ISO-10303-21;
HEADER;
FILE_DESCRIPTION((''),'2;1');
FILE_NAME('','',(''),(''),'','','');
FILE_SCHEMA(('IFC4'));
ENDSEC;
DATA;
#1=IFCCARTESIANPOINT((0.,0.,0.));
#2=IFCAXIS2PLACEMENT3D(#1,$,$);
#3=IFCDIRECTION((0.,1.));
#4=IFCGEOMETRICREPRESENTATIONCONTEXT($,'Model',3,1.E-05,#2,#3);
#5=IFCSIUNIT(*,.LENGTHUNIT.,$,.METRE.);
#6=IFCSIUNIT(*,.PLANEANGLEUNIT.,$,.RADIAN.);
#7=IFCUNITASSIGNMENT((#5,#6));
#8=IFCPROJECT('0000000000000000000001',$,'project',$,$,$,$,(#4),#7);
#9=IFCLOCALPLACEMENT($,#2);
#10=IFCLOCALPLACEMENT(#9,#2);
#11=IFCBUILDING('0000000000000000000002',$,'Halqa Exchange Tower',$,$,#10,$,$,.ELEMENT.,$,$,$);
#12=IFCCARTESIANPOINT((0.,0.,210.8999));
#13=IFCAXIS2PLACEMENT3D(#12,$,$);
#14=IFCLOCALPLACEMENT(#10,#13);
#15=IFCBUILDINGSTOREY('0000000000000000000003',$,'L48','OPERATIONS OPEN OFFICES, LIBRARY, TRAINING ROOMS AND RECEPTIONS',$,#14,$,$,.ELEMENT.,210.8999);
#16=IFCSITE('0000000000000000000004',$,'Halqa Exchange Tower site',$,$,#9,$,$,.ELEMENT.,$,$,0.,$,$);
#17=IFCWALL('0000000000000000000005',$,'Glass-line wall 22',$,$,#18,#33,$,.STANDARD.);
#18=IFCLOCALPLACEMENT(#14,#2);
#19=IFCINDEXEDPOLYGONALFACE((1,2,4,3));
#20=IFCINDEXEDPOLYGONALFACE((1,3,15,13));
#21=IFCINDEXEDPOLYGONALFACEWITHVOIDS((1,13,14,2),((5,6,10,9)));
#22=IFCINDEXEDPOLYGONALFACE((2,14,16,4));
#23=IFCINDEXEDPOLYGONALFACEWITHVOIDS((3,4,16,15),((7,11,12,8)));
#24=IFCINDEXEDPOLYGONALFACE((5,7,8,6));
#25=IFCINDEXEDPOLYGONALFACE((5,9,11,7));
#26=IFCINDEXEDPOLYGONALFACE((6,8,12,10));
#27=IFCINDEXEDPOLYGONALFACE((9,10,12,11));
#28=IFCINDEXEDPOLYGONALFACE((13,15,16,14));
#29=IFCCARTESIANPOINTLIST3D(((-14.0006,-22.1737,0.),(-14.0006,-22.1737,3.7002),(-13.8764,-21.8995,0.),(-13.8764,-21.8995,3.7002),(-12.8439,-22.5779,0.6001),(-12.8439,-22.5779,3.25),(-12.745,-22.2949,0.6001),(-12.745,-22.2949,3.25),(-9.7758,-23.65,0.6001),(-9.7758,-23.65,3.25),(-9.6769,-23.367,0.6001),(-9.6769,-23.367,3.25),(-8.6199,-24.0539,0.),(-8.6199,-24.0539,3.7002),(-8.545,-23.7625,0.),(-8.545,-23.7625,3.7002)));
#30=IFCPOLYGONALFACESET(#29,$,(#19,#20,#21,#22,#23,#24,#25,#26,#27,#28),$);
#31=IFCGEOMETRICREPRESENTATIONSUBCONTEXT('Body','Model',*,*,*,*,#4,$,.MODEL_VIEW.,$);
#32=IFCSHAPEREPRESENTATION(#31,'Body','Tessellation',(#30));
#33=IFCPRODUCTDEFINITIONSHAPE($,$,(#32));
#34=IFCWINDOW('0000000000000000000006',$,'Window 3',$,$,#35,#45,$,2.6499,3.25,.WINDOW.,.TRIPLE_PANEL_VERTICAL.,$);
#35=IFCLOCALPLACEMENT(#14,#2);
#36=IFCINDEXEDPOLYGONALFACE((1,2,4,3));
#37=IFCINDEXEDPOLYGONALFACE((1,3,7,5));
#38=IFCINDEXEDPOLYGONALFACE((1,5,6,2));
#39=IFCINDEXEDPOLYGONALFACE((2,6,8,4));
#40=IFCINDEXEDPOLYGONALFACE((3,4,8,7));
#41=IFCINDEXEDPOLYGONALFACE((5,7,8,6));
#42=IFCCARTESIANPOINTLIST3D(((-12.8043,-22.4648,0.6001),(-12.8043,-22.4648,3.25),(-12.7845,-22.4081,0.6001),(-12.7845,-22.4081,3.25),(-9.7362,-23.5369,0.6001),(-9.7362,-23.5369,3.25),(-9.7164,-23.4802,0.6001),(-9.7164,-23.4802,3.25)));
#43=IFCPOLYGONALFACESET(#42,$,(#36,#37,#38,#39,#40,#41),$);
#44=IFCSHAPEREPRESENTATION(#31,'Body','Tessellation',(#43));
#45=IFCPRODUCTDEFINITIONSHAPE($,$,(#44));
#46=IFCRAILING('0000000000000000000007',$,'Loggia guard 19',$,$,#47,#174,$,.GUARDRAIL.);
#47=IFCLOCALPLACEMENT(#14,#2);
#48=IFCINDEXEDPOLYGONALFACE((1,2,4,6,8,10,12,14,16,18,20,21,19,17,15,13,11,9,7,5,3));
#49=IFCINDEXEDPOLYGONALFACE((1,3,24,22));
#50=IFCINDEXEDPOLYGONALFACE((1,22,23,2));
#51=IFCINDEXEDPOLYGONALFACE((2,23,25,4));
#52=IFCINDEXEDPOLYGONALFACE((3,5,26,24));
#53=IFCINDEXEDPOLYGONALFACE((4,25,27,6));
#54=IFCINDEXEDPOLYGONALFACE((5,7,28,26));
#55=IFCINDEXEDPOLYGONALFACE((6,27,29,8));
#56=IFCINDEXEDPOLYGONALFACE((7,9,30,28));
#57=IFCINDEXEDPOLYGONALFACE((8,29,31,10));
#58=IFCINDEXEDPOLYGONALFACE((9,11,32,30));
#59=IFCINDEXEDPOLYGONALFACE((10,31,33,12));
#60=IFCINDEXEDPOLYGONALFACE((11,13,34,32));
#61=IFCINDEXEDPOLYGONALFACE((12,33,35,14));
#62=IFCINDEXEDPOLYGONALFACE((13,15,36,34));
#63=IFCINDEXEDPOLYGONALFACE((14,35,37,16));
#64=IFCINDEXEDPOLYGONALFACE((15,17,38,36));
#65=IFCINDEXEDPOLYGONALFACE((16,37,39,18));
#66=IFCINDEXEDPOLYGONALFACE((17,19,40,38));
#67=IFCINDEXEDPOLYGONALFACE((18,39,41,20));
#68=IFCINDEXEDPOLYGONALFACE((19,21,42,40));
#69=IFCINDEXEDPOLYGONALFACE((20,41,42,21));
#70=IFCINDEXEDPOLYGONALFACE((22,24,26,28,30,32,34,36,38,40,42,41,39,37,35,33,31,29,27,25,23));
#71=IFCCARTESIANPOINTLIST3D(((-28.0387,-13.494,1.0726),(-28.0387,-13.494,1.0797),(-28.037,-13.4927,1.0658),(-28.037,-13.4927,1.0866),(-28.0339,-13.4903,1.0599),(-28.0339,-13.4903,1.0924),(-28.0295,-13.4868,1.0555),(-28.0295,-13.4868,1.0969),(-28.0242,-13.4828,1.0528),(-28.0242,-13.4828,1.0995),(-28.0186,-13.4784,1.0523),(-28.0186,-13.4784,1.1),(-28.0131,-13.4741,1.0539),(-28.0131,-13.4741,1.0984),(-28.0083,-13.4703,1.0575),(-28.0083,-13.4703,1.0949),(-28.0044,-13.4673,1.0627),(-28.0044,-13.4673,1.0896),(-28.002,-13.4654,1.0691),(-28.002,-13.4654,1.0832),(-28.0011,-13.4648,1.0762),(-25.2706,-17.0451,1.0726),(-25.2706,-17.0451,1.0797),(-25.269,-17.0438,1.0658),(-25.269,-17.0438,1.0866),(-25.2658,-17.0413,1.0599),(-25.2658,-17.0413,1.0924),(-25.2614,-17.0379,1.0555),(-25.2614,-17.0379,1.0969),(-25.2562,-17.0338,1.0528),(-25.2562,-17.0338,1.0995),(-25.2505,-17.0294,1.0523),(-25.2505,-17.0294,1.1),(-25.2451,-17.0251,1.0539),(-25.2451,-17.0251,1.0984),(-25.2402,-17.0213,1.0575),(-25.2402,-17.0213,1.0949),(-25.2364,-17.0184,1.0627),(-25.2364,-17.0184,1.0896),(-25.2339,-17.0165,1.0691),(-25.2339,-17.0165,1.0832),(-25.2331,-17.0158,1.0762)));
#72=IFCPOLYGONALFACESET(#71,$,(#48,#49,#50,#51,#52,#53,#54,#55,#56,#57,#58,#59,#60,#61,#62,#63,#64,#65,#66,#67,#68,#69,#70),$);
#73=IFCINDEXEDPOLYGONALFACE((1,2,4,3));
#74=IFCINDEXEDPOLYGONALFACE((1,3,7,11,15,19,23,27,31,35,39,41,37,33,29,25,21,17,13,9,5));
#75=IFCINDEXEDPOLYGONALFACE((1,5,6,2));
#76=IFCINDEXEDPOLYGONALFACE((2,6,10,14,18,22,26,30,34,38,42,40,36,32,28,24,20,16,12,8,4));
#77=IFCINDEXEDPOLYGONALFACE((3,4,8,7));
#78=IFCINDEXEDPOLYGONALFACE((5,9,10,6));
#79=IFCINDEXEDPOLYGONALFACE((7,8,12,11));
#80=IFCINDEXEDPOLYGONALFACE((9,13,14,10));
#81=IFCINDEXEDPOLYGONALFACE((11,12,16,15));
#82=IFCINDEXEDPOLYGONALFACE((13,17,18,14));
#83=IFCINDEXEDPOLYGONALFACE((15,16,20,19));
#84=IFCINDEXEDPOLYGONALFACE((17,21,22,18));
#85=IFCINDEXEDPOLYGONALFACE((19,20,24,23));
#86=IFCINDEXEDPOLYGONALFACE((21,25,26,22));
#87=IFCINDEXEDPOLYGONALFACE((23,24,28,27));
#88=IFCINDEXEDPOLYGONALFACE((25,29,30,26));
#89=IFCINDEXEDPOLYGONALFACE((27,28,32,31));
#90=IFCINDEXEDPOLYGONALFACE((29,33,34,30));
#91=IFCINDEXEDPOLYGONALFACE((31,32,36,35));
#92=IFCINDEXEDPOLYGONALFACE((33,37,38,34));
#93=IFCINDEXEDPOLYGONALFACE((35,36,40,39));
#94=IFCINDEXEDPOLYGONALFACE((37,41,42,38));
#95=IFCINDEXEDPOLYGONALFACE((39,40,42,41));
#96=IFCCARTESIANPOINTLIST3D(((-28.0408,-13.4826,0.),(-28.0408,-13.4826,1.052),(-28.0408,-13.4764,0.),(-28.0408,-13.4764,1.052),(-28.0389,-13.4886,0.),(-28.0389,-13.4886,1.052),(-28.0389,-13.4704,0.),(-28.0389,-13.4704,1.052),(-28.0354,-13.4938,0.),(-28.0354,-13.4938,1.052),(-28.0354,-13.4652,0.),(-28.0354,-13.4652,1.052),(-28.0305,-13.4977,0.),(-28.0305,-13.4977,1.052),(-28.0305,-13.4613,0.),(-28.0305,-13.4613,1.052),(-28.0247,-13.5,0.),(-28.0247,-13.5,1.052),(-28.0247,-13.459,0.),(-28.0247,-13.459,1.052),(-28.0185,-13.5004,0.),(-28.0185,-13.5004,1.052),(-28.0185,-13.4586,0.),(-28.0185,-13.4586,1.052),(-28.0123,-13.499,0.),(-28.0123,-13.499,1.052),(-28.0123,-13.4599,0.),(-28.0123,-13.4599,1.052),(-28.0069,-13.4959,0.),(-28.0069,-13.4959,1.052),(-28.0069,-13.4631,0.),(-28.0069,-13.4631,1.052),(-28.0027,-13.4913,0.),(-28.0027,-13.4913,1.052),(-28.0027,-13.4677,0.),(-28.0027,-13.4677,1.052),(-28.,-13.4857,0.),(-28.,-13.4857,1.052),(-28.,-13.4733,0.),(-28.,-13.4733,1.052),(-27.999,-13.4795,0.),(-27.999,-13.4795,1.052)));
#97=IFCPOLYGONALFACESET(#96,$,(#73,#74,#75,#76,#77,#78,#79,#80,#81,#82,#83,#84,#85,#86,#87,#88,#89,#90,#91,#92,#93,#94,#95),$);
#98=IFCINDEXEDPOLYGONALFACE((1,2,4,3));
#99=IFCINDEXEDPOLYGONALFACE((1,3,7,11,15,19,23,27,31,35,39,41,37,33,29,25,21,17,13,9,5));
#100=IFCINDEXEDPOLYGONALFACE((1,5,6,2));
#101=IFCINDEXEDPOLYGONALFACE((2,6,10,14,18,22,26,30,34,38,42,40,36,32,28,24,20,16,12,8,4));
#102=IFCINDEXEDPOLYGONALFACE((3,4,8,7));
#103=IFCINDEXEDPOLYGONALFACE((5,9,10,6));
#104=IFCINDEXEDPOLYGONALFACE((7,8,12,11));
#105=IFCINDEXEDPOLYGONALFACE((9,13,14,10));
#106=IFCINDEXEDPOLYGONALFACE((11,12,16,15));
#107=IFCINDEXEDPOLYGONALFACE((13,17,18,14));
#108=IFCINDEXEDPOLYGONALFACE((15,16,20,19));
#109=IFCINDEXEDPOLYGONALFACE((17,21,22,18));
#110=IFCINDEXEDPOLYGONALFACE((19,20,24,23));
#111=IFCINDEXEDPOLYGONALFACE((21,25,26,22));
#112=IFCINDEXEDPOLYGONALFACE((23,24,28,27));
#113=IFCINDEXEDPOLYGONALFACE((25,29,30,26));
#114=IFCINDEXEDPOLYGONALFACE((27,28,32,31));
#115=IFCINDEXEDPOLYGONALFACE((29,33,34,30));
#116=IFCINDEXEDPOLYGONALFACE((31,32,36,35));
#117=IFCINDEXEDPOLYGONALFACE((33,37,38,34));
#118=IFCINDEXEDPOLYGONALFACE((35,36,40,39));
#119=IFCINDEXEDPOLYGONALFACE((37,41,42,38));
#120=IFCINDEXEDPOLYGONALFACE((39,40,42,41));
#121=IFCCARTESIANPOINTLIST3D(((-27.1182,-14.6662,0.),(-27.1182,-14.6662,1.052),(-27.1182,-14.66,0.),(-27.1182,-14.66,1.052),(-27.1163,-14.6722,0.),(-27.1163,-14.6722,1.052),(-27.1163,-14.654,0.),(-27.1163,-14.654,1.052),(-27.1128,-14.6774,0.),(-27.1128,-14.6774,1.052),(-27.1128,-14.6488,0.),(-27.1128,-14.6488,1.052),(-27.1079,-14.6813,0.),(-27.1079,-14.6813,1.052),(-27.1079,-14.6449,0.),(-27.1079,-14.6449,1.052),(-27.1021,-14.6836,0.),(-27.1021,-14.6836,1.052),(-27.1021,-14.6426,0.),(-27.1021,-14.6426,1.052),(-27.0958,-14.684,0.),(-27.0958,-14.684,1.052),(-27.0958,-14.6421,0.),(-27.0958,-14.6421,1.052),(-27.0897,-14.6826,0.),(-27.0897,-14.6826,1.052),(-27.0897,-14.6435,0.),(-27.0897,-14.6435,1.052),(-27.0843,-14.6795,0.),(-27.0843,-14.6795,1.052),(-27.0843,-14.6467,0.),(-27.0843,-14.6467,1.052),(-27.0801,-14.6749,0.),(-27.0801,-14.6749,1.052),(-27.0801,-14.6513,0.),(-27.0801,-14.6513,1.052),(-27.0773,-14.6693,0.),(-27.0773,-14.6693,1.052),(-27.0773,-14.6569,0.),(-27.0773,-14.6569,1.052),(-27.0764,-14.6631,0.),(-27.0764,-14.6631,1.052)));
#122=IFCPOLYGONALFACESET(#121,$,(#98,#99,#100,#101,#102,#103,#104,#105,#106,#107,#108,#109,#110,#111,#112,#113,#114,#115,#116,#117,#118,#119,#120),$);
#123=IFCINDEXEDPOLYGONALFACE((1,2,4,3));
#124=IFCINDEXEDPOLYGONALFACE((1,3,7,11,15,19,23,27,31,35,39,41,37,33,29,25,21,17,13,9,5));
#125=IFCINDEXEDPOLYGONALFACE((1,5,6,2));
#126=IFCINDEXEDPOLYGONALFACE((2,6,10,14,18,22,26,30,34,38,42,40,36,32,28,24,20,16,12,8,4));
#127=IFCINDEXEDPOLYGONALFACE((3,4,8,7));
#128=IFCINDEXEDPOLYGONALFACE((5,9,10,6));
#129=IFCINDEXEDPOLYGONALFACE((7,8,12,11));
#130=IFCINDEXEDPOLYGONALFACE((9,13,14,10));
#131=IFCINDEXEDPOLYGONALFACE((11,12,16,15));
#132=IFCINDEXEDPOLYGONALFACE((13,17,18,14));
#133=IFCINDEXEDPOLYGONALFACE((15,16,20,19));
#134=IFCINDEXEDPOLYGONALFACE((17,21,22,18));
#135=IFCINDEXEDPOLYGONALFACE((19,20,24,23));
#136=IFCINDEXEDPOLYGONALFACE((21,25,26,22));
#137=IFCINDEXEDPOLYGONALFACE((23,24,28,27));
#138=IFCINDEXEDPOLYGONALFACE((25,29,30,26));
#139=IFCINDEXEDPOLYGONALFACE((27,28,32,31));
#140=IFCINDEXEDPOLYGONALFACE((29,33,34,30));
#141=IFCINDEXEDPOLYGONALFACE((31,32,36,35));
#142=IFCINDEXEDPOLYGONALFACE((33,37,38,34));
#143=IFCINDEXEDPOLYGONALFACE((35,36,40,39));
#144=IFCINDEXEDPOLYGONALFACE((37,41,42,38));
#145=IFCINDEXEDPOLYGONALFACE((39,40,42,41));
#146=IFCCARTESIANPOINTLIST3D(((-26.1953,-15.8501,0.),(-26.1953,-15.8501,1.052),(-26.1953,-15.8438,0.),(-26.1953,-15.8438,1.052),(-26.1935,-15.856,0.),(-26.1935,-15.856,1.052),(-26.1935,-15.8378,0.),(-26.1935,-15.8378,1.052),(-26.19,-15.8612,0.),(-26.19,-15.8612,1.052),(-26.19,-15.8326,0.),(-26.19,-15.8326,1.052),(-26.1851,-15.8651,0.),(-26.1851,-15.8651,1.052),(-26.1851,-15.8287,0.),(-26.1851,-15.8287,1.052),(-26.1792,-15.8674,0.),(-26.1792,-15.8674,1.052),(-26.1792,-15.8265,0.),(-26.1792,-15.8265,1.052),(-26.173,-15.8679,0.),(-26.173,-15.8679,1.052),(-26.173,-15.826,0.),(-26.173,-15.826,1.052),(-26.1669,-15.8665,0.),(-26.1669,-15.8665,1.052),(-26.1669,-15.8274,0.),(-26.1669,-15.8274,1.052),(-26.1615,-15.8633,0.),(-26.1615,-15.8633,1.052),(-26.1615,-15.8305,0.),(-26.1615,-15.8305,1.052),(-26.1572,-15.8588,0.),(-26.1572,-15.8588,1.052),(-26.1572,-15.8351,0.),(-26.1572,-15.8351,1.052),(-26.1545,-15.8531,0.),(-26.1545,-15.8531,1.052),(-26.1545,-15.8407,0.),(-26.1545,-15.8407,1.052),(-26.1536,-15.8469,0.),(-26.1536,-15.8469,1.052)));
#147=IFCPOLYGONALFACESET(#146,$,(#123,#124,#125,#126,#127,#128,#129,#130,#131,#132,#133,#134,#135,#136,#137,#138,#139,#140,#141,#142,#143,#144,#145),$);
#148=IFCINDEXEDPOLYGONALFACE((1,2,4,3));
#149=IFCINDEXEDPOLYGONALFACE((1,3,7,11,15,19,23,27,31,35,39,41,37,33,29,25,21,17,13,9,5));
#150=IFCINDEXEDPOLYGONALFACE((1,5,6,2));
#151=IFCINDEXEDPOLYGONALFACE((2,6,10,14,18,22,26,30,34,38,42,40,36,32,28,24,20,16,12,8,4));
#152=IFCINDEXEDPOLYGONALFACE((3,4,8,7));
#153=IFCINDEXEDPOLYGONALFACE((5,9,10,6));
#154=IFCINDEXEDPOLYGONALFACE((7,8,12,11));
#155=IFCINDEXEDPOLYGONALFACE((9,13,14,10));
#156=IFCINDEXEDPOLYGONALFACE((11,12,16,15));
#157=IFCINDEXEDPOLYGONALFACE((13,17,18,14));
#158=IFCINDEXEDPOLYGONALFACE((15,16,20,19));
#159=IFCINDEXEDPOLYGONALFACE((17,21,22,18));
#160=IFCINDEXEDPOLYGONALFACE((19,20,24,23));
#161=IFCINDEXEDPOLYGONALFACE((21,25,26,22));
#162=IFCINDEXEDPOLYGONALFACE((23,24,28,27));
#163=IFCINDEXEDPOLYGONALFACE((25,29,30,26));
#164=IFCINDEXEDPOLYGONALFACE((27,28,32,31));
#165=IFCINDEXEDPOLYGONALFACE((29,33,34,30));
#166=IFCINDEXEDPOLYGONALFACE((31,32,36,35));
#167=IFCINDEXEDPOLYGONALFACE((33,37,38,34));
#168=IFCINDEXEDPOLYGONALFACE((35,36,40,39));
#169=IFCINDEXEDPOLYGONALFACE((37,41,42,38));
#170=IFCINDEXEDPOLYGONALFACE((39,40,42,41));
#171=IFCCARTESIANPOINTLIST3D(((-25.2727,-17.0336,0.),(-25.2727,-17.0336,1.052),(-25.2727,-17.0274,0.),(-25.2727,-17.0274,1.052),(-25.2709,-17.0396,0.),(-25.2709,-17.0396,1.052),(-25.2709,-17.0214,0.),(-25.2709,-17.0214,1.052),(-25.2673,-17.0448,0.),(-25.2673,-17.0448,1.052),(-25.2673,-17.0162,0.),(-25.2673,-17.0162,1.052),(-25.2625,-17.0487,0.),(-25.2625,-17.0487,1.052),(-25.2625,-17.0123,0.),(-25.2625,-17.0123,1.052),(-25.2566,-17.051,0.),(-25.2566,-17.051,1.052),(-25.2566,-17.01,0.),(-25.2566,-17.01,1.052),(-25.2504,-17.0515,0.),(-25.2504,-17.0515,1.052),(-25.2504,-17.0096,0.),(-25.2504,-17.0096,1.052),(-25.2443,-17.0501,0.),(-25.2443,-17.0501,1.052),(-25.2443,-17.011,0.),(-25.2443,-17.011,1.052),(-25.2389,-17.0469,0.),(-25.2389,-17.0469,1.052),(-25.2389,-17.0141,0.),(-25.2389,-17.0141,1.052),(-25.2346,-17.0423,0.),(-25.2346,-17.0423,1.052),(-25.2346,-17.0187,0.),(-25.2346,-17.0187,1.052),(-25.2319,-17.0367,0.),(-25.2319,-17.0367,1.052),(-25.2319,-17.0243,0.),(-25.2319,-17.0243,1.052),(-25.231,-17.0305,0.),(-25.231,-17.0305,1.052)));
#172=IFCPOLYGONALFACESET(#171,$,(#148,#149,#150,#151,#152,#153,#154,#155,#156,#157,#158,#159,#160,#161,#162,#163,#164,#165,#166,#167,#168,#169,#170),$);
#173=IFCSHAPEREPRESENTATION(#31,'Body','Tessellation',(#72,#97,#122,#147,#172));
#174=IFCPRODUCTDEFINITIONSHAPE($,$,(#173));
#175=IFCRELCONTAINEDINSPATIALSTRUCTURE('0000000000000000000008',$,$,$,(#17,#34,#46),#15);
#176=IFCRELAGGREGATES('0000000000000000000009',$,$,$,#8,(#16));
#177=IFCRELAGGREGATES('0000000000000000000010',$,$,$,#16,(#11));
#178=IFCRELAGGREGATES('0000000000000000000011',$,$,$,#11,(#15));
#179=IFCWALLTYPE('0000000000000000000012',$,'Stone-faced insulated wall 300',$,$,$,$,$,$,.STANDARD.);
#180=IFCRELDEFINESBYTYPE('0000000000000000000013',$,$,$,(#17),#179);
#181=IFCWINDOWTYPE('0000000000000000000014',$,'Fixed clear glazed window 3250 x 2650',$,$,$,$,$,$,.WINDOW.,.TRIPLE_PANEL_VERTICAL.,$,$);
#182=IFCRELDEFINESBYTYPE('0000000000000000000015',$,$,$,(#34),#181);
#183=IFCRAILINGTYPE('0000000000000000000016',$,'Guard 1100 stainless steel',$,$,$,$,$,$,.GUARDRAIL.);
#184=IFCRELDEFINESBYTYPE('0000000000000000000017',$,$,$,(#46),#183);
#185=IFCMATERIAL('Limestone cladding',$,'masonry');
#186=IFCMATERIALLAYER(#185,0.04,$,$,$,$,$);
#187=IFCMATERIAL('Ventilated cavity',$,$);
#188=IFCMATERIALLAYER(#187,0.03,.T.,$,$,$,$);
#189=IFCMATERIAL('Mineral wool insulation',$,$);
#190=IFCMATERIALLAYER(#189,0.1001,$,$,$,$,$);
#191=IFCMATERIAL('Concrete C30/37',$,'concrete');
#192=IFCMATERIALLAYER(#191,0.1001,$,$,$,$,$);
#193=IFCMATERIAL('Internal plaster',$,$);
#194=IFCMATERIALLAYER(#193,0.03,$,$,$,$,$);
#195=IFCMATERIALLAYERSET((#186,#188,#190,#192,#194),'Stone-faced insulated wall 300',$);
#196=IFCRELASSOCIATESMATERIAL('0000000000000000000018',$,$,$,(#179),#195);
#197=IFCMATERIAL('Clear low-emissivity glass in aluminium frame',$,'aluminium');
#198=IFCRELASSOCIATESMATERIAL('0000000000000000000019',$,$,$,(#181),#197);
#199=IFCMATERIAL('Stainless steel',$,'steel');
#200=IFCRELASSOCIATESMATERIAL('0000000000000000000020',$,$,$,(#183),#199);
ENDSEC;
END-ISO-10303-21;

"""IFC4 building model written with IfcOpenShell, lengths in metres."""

from ifc_helpers import new_model, si_unit, direction, frame, frame_2d, origin, origin_2d, place, context, subcontext, project, spatial, polyline, rectangle, circle, outline, extrude, material, layer, layer_set, type_object, element, fill, save


model = new_model("IFC4")

# Units and contexts
model_context = context("Model", 3, precision=1e-05, world=origin(), true_north=direction((0.0, 1.0)))
body_context = subcontext(model_context, "Body", "Model", "MODEL_VIEW")
ifc_project = project(units=[si_unit("LENGTHUNIT", "METRE"), si_unit("PLANEANGLEUNIT", "RADIAN")], contexts=[model_context])

# Site, building, storey
site_placement = place(None, origin())
site = spatial("IfcSite", under=ifc_project, at=site_placement, Name="Halqa Exchange Tower site", CompositionType="ELEMENT", RefElevation=0.0)
building_placement = place(site_placement, origin())
building = spatial("IfcBuilding", under=site, at=building_placement, Name="Halqa Exchange Tower", CompositionType="ELEMENT")
storey_placement = place(building_placement, frame((0.0, 0.0, 210.8999)))
storey = spatial("IfcBuildingStorey", under=building, at=storey_placement, Name="L48", Description="OPERATIONS OPEN OFFICES, LIBRARY, TRAINING ROOMS AND RECEPTIONS", CompositionType="ELEMENT", Elevation=210.8999)

# Shared definitions
ifc_material_1 = material(Name="Limestone cladding", Category="masonry")
ifc_layer_1 = layer(ifc_material_1, 0.04)
ifc_material_2 = material(Name="Ventilated cavity")
ifc_layer_2 = layer(ifc_material_2, 0.03, ventilated=True)
ifc_material_3 = material(Name="Mineral wool insulation")
ifc_layer_3 = layer(ifc_material_3, 0.1001)
ifc_material_4 = material(Name="Concrete C30/37", Category="concrete")
ifc_layer_4 = layer(ifc_material_4, 0.1001)
ifc_material_5 = material(Name="Internal plaster")
ifc_layer_5 = layer(ifc_material_5, 0.03)
ifc_layer_set_1 = layer_set([ifc_layer_1, ifc_layer_2, ifc_layer_3, ifc_layer_4, ifc_layer_5], Name="Stone-faced insulated wall 300")
wall_type_1 = type_object("IfcWallType", Name="Stone-faced insulated wall 300", PredefinedType="STANDARD", material=ifc_layer_set_1)
ifc_material_6 = material(Name="Clear low-emissivity glass in aluminium frame", Category="aluminium")

# Wall, opening, window
window_type = type_object("IfcWindowType", Name="Fixed clear glazed window 3250 x 2650", PartitioningType="TRIPLE_PANEL_VERTICAL", PredefinedType="WINDOW", material=ifc_material_6)
wall_1_placement = place(storey_placement, frame((-13.9385, -22.0366, 0.0), z_axis=(0.0, 0.0, 1.0), x_axis=(0.944023, -0.329879, 0.0)))
wall_1 = element("IfcWall", 1, at=wall_1_placement, inside=storey, type_object=wall_type_1, Name="Glass-line wall 22", PredefinedType="STANDARD", context=body_context, shape_type="SweptSolid", body=[
    extrude(outline(polyline([(-0.0134, -0.1499), (5.6863, -0.1499), (5.6609, 0.1499), (0.0134, 0.1499), (-0.0134, -0.1499)])), origin(), (0.0, 0.0, 1.0), 3.7002),
])
opening_1_placement = place(wall_1_placement, frame((1.2119, 0.0, 0.6001)))
opening_1 = element("IfcOpeningElement", 2, at=opening_1_placement, cuts=wall_1, PredefinedType="OPENING", context=body_context, shape_type="SweptSolid", body=[
    extrude(rectangle(XDim=3.25, YDim=2.6499, at=frame_2d((1.625, 1.325))), frame((0.0, 0.1621, 0.0), z_axis=(0.0, -1.0, 0.0), x_axis=(1.0, 0.0, 0.0)), (0.0, 0.0, 1.0), 0.324),
])
window_1_placement = place(opening_1_placement, origin())
window_1 = element("IfcWindow", 3, at=window_1_placement, inside=storey, type_object=window_type, Name="Window 3", OverallHeight=2.6499, OverallWidth=3.25, PartitioningType="TRIPLE_PANEL_VERTICAL", PredefinedType="WINDOW", context=body_context, shape_type="SweptSolid", body=[
    extrude(rectangle(XDim=3.25, YDim=2.6499, at=frame_2d((1.625, 1.325))), frame((0.0, 0.03, 0.0), z_axis=(0.0, -1.0, 0.0), x_axis=(1.0, 0.0, 0.0)), (0.0, 0.0, 1.0), 0.0601),
])
fill(opening_1, window_1)

# Railing
ifc_material_7 = material(Name="Stainless steel", Category="steel")
railing_type = type_object("IfcRailingType", Name="Guard 1100 stainless steel", PredefinedType="GUARDRAIL", material=ifc_material_7)
railing_1_placement = place(storey_placement, frame((-28.02, -13.4795, 0.0)))
element("IfcRailing", 4, at=railing_1_placement, inside=storey, type_object=railing_type, Name="Loggia guard 19", PredefinedType="GUARDRAIL", context=body_context, shape_type="SweptSolid", body=[
    extrude(circle(Radius=0.0239, at=origin_2d()), frame((0.0, 0.0, 1.0762), z_axis=(0.614792, -0.788689, 0.0), x_axis=(0.788689, 0.614792, 0.0)), (0.0, 0.0, 1.0), 4.5024),
    extrude(circle(Radius=0.021, at=origin_2d()), origin(), (0.0, 0.0, 1.0), 1.052),
    extrude(circle(Radius=0.021, at=origin_2d()), frame((0.9226, -1.1836, 0.0)), (0.0, 0.0, 1.0), 1.052),
    extrude(circle(Radius=0.021, at=origin_2d()), frame((1.8455, -2.3674, 0.0)), (0.0, 0.0, 1.0), 1.052),
    extrude(circle(Radius=0.021, at=origin_2d()), frame((2.7681, -3.551, 0.0)), (0.0, 0.0, 1.0), 1.052),
])

save(model, "model.ifc")
